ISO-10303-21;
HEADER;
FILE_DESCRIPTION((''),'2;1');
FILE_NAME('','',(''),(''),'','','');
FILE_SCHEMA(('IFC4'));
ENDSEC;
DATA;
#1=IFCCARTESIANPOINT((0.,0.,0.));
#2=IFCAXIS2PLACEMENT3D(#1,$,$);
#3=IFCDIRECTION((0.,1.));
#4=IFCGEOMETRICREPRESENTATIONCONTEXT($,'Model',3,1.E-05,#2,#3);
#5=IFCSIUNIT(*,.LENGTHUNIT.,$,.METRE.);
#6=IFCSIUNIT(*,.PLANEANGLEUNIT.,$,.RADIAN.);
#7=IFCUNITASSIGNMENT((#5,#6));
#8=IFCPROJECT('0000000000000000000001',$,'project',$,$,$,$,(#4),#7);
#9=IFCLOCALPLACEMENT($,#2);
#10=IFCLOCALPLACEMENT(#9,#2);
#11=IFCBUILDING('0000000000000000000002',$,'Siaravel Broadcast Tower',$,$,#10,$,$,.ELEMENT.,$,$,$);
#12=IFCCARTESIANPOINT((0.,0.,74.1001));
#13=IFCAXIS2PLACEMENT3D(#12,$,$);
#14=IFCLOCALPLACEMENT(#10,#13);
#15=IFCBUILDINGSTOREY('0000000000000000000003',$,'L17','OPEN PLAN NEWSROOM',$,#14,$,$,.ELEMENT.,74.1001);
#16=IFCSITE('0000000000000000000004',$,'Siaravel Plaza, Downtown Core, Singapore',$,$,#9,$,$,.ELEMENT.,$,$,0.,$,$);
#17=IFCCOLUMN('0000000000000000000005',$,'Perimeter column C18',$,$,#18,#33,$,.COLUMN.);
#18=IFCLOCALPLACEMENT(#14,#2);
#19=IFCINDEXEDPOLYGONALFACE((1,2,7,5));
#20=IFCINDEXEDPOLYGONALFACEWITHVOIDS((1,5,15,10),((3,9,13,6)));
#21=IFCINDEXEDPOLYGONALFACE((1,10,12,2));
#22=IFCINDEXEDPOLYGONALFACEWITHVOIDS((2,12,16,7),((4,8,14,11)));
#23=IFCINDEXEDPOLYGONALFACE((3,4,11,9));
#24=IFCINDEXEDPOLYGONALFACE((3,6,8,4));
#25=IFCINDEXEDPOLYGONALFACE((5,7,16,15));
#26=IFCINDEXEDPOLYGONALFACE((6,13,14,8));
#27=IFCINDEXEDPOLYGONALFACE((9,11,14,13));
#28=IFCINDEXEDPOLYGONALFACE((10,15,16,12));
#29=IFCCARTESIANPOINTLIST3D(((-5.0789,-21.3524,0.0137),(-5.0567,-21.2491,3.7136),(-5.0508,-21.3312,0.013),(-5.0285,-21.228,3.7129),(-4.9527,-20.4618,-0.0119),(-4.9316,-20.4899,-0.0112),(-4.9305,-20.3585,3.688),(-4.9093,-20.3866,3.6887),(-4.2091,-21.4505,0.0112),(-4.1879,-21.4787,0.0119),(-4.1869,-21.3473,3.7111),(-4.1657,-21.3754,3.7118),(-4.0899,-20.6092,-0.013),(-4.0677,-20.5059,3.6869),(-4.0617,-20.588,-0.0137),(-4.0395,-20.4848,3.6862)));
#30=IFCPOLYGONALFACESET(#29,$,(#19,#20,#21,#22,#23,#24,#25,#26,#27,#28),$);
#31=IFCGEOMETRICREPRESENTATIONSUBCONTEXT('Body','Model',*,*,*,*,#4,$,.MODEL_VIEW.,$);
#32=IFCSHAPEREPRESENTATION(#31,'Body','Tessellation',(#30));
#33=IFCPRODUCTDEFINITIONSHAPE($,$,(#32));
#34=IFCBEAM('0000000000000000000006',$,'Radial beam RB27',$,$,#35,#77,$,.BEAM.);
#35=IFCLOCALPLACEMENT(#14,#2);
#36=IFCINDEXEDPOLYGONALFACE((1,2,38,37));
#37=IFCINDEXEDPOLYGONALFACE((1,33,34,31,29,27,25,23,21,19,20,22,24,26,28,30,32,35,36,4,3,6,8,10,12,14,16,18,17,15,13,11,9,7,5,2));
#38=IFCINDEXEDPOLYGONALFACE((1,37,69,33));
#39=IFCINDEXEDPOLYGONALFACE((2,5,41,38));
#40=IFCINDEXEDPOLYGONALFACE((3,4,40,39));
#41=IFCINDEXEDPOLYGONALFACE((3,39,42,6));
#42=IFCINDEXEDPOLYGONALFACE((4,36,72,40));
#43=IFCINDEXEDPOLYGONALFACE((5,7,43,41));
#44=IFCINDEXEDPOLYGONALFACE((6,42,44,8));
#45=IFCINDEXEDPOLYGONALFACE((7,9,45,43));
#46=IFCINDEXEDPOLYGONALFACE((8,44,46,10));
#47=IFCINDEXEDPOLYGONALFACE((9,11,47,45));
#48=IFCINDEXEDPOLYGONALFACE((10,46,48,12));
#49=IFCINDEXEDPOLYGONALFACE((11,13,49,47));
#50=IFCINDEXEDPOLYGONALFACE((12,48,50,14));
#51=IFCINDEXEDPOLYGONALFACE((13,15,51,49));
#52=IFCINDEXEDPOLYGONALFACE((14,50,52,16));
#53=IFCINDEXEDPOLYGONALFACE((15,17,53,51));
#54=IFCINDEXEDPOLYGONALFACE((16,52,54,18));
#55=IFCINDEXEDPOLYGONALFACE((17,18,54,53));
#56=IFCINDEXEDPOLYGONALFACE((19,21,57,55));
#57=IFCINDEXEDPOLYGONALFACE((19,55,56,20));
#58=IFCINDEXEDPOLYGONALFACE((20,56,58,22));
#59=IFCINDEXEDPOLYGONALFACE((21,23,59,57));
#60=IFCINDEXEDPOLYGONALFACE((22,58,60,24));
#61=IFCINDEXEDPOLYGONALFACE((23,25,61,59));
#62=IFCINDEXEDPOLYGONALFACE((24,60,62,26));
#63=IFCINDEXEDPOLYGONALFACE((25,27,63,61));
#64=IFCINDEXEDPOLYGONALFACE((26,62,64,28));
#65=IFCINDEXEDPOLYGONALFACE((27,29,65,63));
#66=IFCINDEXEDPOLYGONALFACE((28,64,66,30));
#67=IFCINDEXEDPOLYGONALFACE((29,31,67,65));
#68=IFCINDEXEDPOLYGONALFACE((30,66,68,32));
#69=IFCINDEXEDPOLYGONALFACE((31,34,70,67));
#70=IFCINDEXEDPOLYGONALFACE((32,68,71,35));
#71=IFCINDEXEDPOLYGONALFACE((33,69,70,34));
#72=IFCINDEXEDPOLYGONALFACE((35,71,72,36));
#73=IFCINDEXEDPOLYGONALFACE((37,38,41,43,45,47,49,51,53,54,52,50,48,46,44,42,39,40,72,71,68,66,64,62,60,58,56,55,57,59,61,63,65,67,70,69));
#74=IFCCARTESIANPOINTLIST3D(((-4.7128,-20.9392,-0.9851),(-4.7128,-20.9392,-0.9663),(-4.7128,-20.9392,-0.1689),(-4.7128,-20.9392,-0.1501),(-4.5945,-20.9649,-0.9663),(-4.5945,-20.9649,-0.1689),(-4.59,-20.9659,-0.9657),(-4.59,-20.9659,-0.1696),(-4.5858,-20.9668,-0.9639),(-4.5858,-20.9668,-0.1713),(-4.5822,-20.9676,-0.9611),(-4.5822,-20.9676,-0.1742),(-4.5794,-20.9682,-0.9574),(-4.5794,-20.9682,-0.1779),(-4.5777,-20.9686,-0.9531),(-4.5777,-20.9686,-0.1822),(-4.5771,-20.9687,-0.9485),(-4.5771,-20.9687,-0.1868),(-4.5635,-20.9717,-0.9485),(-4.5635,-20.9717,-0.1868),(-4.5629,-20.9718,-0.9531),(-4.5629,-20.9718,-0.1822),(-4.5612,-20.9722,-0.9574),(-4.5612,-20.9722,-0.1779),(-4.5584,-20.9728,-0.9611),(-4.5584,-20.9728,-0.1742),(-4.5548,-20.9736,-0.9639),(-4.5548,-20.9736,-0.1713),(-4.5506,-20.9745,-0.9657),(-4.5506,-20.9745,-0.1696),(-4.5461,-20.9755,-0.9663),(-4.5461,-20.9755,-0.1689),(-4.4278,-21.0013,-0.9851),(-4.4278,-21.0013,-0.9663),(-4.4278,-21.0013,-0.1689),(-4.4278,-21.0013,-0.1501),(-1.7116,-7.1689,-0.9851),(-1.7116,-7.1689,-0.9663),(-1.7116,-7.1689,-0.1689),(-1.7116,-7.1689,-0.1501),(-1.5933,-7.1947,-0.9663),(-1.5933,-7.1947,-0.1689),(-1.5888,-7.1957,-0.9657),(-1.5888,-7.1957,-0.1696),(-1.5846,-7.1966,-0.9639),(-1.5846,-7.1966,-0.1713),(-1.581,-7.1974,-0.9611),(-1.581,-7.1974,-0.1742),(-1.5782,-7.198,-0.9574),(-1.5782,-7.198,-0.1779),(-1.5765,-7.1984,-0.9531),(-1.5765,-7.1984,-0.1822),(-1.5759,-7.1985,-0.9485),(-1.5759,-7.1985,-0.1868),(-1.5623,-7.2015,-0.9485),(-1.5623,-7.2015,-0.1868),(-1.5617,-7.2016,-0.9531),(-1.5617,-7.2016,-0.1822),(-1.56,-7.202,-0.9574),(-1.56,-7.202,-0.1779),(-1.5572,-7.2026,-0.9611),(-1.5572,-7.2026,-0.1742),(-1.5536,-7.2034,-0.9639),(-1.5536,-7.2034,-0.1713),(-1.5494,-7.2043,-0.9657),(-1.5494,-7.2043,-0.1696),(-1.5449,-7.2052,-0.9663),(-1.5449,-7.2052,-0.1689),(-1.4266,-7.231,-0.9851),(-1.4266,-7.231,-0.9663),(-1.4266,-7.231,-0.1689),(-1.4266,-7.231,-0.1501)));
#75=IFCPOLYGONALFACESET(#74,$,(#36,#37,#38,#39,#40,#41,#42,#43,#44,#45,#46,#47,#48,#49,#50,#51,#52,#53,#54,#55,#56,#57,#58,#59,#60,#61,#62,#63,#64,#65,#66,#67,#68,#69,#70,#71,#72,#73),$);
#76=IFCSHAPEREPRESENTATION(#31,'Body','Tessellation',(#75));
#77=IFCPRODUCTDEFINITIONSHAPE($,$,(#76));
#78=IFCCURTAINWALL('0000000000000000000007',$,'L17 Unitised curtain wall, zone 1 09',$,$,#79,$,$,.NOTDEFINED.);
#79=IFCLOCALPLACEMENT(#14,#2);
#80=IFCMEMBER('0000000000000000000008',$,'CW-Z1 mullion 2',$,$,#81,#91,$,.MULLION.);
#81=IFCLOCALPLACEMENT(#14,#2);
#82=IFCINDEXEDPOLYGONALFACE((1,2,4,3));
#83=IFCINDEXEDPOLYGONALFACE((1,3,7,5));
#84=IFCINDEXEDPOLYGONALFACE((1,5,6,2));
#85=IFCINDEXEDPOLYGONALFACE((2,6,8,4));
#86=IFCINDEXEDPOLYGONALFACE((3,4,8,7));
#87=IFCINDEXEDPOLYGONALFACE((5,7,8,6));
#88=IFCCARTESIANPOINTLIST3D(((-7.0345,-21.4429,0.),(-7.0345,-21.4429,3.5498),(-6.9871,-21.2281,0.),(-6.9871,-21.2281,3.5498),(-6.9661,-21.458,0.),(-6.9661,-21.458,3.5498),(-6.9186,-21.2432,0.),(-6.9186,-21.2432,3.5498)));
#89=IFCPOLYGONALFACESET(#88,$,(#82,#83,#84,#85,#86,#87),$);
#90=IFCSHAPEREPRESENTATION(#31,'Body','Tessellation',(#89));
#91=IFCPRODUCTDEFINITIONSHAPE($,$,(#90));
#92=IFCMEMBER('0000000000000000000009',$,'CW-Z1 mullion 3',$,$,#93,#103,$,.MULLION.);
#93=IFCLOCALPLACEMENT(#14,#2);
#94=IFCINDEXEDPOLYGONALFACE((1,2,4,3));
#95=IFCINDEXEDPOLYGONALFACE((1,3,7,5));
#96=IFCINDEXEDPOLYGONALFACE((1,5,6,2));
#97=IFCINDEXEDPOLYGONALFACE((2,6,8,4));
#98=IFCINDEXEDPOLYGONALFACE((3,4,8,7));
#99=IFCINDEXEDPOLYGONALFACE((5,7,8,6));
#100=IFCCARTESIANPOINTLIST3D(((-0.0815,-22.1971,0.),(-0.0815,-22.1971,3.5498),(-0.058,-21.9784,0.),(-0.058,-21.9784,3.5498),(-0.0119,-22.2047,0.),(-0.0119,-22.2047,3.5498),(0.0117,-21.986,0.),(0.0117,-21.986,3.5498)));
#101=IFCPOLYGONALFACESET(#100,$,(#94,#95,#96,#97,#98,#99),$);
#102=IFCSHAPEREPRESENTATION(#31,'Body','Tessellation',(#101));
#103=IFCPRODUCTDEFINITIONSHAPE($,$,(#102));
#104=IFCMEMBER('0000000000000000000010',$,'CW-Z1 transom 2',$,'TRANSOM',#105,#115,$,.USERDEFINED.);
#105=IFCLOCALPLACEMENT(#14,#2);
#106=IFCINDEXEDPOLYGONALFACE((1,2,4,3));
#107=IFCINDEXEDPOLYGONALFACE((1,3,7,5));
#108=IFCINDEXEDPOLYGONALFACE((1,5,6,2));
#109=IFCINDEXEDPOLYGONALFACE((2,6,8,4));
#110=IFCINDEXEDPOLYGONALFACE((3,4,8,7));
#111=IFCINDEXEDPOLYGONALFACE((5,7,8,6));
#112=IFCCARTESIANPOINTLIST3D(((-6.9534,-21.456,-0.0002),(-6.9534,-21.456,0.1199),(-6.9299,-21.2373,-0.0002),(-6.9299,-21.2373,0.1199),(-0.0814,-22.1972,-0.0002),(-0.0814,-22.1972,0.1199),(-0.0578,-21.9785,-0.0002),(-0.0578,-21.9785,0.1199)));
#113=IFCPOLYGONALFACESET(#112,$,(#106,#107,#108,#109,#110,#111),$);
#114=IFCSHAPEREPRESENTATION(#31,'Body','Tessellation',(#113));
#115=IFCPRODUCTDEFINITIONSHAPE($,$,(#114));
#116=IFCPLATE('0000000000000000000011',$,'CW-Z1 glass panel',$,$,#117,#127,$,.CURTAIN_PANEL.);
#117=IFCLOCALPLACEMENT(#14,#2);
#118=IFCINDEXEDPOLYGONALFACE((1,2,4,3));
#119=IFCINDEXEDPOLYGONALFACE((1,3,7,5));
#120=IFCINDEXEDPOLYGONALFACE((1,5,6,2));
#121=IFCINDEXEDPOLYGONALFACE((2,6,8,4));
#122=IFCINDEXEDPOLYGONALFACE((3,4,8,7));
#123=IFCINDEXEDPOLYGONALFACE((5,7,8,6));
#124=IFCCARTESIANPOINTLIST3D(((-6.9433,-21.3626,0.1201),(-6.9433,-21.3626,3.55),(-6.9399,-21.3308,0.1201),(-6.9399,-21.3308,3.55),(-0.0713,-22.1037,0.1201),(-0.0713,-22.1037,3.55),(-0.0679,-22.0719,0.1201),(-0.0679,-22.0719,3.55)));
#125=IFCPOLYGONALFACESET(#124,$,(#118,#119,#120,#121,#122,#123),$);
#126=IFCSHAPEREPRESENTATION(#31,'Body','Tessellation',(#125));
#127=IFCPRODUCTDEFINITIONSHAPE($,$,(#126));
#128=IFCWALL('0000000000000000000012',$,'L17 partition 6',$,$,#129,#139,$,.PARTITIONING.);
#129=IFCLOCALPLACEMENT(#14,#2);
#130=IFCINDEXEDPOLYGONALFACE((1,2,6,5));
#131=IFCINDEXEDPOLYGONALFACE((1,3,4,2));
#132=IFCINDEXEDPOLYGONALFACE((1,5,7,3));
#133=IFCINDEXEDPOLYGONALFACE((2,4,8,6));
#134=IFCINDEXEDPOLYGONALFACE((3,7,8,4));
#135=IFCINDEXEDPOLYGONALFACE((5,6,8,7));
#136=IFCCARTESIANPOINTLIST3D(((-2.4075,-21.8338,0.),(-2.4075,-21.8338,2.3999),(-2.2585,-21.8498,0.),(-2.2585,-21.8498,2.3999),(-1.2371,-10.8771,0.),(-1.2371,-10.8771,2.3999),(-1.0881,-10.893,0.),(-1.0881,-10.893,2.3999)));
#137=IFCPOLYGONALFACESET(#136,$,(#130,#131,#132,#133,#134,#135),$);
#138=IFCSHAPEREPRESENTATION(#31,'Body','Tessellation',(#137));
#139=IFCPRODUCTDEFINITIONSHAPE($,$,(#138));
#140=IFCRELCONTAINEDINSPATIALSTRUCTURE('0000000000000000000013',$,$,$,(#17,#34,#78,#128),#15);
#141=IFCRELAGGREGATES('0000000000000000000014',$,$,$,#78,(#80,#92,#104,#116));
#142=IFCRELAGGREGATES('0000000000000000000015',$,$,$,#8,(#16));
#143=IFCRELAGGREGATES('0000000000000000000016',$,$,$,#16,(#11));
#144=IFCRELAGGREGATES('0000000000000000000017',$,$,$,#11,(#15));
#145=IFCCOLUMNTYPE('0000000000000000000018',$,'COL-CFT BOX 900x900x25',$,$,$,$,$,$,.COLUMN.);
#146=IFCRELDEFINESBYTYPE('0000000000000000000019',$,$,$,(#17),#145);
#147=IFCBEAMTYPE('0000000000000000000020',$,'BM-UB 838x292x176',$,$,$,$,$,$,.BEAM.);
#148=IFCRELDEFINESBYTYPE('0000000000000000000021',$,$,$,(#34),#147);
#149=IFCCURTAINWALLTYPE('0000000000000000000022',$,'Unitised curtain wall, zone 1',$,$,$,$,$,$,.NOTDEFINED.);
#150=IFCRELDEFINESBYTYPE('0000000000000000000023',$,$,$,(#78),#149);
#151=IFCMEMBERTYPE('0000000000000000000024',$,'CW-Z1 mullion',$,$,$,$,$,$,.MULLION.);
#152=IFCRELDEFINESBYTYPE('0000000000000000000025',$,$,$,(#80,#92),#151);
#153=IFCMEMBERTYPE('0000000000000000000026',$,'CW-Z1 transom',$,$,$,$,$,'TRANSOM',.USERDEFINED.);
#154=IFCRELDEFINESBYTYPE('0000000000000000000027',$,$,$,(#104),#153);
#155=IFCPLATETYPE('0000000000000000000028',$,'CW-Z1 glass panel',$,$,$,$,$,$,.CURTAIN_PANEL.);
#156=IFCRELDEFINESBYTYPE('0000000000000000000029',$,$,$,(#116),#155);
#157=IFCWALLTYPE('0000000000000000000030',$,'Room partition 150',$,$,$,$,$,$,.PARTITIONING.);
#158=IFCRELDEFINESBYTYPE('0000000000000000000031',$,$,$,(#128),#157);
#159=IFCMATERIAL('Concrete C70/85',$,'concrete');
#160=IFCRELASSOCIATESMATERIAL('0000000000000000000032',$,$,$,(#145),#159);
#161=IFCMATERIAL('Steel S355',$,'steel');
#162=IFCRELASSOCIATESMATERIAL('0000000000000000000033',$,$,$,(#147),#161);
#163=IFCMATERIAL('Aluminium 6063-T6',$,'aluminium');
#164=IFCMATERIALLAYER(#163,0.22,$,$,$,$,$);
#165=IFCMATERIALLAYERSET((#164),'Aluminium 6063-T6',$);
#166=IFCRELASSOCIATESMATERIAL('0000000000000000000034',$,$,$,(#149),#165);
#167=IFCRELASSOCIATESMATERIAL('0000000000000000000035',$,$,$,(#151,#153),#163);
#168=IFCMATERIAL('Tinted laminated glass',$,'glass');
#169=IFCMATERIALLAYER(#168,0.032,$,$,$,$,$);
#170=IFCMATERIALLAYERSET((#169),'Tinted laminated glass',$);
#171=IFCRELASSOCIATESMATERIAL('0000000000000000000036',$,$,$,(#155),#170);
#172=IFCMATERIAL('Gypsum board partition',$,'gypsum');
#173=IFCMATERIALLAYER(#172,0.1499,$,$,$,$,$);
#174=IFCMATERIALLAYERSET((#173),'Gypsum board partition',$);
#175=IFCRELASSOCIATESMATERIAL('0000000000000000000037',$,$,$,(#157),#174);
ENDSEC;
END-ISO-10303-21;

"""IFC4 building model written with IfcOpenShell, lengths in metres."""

from ifc_helpers import new_model, si_unit, direction, frame, frame_2d, origin, origin_2d, place, context, subcontext, project, spatial, rectangle, hollow_rectangle, i_section, extrude, material, layer, layer_set, material_profile, profile_set, type_object, element, aggregate, save


model = new_model("IFC4")

# Units and contexts
model_context = context("Model", 3, precision=1e-05, world=origin(), true_north=direction((0.0, 1.0)))
body_context = subcontext(model_context, "Body", "Model", "MODEL_VIEW")
ifc_project = project(units=[si_unit("LENGTHUNIT", "METRE"), si_unit("PLANEANGLEUNIT", "RADIAN")], contexts=[model_context])

# Site, building, storey
site_placement = place(None, origin())
site = spatial("IfcSite", under=ifc_project, at=site_placement, Name="Siaravel Plaza, Downtown Core, Singapore", CompositionType="ELEMENT", RefElevation=0.0)
building_placement = place(site_placement, origin())
building = spatial("IfcBuilding", under=site, at=building_placement, Name="Siaravel Broadcast Tower", CompositionType="ELEMENT")
storey_placement = place(building_placement, frame((0.0, 0.0, 74.1001)))
storey = spatial("IfcBuildingStorey", under=building, at=storey_placement, Name="L17", Description="OPEN PLAN NEWSROOM", CompositionType="ELEMENT", Elevation=74.1001)

# Column
ifc_material_1 = material(Name="Concrete C70/85", Category="concrete")
ifc_material_profile_1 = material_profile(ifc_material_1, hollow_rectangle(XDim=0.8999, YDim=0.8999, WallThickness=0.0249, at=origin_2d()))
ifc_profile_set_1 = profile_set([ifc_material_profile_1], Name="Concrete C70/85")
column_type = type_object("IfcColumnType", Name="COL-CFT BOX 900x900x25", PredefinedType="COLUMN", material=ifc_profile_set_1)
column_placement = place(storey_placement, frame((-4.5703, -20.9702, 0.0), z_axis=(0.006002, 0.0279, 0.999593), x_axis=(-0.990103, 0.140325, 0.002029)))
element("IfcColumn", 1, at=column_placement, inside=storey, type_object=column_type, Name="Perimeter column C18", PredefinedType="COLUMN", context=body_context, shape_type="SweptSolid", body=[
    extrude(hollow_rectangle(XDim=0.8999, YDim=0.8999, WallThickness=0.0249, at=origin_2d()), origin(), (0.0, 0.0, 1.0), 3.7014),
])

# Beam
ifc_material_2 = material(Name="Steel S355", Category="steel")
ifc_material_profile_2 = material_profile(ifc_material_2, i_section(OverallWidth=0.2917, OverallDepth=0.835, WebThickness=0.0139, FlangeThickness=0.0188, FilletRadius=0.0178, at=origin_2d()))
ifc_profile_set_2 = profile_set([ifc_material_profile_2], Name="Steel S355")
beam_type = type_object("IfcBeamType", Name="BM-UB 838x292x176", PredefinedType="BEAM", material=ifc_profile_set_2)
beam_placement = place(storey_placement, frame((-4.5703, -20.9702, -0.5676), z_axis=(0.21295, 0.977063, 0.0), x_axis=(-0.977063, 0.21295, 0.0)))
element("IfcBeam", 2, at=beam_placement, inside=storey, type_object=beam_type, Name="Radial beam RB27", PredefinedType="BEAM", context=body_context, shape_type="SweptSolid", body=[
    extrude(i_section(OverallWidth=0.2917, OverallDepth=0.835, WebThickness=0.0139, FlangeThickness=0.0188, FilletRadius=0.0178, at=origin_2d()), origin(), (0.0, 0.0, 1.0), 14.0935),
])

# Curtain wall, members, plate
ifc_material_3 = material(Name="Aluminium 6063-T6", Category="aluminium")
ifc_layer_1 = layer(ifc_material_3, 0.22)
ifc_layer_set_1 = layer_set([ifc_layer_1], Name="Aluminium 6063-T6")
curtain_wall_type = type_object("IfcCurtainWallType", Name="Unitised curtain wall, zone 1", PredefinedType="NOTDEFINED", material=ifc_layer_set_1)
curtain_wall_placement = place(storey_placement, origin())
curtain_wall = element("IfcCurtainWall", 3, at=curtain_wall_placement, inside=storey, type_object=curtain_wall_type, Name="L17 Unitised curtain wall, zone 1 09", PredefinedType="NOTDEFINED")
ifc_material_profile_3 = material_profile(ifc_material_3, rectangle(XDim=0.22, YDim=0.0701, at=origin_2d()))
ifc_profile_set_3 = profile_set([ifc_material_profile_3], Name="Aluminium 6063-T6")
member_type_1 = type_object("IfcMemberType", Name="CW-Z1 mullion", PredefinedType="MULLION", material=ifc_profile_set_3)
member_1_placement = place(storey_placement, frame((-6.9766, -21.343, 0.0), z_axis=(0.0, 0.0, 1.0), x_axis=(0.215558, 0.976491, 0.0)))
member_1 = element("IfcMember", 4, at=member_1_placement, type_object=member_type_1, Name="CW-Z1 mullion 2", PredefinedType="MULLION", context=body_context, shape_type="SweptSolid", body=[
    extrude(rectangle(XDim=0.22, YDim=0.0701, at=origin_2d()), origin(), (0.0, 0.0, 1.0), 3.5498),
])
member_2_placement = place(storey_placement, frame((-0.0349, -22.0916, 0.0), z_axis=(0.0, 0.0, 1.0), x_axis=(0.107218, 0.994236, 0.0)))
member_2 = element("IfcMember", 5, at=member_2_placement, type_object=member_type_1, Name="CW-Z1 mullion 3", PredefinedType="MULLION", context=body_context, shape_type="SweptSolid", body=[
    extrude(rectangle(XDim=0.22, YDim=0.0701, at=origin_2d()), origin(), (0.0, 0.0, 1.0), 3.5498),
])
ifc_material_profile_4 = material_profile(ifc_material_3, rectangle(XDim=0.22, YDim=0.1201, at=origin_2d()))
ifc_profile_set_4 = profile_set([ifc_material_profile_4], Name="Aluminium 6063-T6")
member_type_2 = type_object("IfcMemberType", Name="CW-Z1 transom", ElementType="TRANSOM", PredefinedType="USERDEFINED", material=ifc_profile_set_4)
member_3_placement = place(storey_placement, frame((-6.9417, -21.3467, 0.0598), z_axis=(0.994234, -0.107237, 0.0), x_axis=(0.107237, 0.994234, 0.0)))
member_3 = element("IfcMember", 6, at=member_3_placement, type_object=member_type_2, Name="CW-Z1 transom 2", ObjectType="TRANSOM", PredefinedType="USERDEFINED", context=body_context, shape_type="SweptSolid", body=[
    extrude(rectangle(XDim=0.22, YDim=0.1201, at=origin_2d()), origin(), (0.0, 0.0, 1.0), 6.9119),
])
ifc_material_4 = material(Name="Tinted laminated glass", Category="glass")
ifc_layer_2 = layer(ifc_material_4, 0.032)
ifc_layer_set_2 = layer_set([ifc_layer_2], Name="Tinted laminated glass")
plate_type = type_object("IfcPlateType", Name="CW-Z1 glass panel", PredefinedType="CURTAIN_PANEL", material=ifc_layer_set_2)
plate_placement = place(storey_placement, frame((-3.5056, -21.7173, 0.1201), z_axis=(0.0, 0.0, 1.0), x_axis=(0.994236, -0.107218, 0.0)))
plate = element("IfcPlate", 7, at=plate_placement, type_object=plate_type, Name="CW-Z1 glass panel", PredefinedType="CURTAIN_PANEL", context=body_context, shape_type="SweptSolid", body=[
    extrude(rectangle(XDim=6.9119, YDim=0.032, at=origin_2d()), origin(), (0.0, 0.0, 1.0), 3.4299),
])
aggregate(curtain_wall, [member_1, member_2, member_3, plate])

# Wall
ifc_material_5 = material(Name="Gypsum board partition", Category="gypsum")
ifc_layer_3 = layer(ifc_material_5, 0.1499)
ifc_layer_set_3 = layer_set([ifc_layer_3], Name="Gypsum board partition")
wall_type = type_object("IfcWallType", Name="Room partition 150", PredefinedType="PARTITIONING", material=ifc_layer_set_3)
wall_placement = place(storey_placement, frame((-2.333, -21.8418, 0.0), z_axis=(0.0, 0.0, 1.0), x_axis=(0.106216, 0.994343, 0.0)))
element("IfcWall", 8, at=wall_placement, inside=storey, type_object=wall_type, Name="L17 partition 6", PredefinedType="PARTITIONING", context=body_context, shape_type="SweptSolid", body=[
    extrude(rectangle(XDim=11.019, YDim=0.1499, at=frame_2d((5.5095, 0.0))), origin(), (0.0, 0.0, 1.0), 2.3999),
])

save(model, "model.ifc")
